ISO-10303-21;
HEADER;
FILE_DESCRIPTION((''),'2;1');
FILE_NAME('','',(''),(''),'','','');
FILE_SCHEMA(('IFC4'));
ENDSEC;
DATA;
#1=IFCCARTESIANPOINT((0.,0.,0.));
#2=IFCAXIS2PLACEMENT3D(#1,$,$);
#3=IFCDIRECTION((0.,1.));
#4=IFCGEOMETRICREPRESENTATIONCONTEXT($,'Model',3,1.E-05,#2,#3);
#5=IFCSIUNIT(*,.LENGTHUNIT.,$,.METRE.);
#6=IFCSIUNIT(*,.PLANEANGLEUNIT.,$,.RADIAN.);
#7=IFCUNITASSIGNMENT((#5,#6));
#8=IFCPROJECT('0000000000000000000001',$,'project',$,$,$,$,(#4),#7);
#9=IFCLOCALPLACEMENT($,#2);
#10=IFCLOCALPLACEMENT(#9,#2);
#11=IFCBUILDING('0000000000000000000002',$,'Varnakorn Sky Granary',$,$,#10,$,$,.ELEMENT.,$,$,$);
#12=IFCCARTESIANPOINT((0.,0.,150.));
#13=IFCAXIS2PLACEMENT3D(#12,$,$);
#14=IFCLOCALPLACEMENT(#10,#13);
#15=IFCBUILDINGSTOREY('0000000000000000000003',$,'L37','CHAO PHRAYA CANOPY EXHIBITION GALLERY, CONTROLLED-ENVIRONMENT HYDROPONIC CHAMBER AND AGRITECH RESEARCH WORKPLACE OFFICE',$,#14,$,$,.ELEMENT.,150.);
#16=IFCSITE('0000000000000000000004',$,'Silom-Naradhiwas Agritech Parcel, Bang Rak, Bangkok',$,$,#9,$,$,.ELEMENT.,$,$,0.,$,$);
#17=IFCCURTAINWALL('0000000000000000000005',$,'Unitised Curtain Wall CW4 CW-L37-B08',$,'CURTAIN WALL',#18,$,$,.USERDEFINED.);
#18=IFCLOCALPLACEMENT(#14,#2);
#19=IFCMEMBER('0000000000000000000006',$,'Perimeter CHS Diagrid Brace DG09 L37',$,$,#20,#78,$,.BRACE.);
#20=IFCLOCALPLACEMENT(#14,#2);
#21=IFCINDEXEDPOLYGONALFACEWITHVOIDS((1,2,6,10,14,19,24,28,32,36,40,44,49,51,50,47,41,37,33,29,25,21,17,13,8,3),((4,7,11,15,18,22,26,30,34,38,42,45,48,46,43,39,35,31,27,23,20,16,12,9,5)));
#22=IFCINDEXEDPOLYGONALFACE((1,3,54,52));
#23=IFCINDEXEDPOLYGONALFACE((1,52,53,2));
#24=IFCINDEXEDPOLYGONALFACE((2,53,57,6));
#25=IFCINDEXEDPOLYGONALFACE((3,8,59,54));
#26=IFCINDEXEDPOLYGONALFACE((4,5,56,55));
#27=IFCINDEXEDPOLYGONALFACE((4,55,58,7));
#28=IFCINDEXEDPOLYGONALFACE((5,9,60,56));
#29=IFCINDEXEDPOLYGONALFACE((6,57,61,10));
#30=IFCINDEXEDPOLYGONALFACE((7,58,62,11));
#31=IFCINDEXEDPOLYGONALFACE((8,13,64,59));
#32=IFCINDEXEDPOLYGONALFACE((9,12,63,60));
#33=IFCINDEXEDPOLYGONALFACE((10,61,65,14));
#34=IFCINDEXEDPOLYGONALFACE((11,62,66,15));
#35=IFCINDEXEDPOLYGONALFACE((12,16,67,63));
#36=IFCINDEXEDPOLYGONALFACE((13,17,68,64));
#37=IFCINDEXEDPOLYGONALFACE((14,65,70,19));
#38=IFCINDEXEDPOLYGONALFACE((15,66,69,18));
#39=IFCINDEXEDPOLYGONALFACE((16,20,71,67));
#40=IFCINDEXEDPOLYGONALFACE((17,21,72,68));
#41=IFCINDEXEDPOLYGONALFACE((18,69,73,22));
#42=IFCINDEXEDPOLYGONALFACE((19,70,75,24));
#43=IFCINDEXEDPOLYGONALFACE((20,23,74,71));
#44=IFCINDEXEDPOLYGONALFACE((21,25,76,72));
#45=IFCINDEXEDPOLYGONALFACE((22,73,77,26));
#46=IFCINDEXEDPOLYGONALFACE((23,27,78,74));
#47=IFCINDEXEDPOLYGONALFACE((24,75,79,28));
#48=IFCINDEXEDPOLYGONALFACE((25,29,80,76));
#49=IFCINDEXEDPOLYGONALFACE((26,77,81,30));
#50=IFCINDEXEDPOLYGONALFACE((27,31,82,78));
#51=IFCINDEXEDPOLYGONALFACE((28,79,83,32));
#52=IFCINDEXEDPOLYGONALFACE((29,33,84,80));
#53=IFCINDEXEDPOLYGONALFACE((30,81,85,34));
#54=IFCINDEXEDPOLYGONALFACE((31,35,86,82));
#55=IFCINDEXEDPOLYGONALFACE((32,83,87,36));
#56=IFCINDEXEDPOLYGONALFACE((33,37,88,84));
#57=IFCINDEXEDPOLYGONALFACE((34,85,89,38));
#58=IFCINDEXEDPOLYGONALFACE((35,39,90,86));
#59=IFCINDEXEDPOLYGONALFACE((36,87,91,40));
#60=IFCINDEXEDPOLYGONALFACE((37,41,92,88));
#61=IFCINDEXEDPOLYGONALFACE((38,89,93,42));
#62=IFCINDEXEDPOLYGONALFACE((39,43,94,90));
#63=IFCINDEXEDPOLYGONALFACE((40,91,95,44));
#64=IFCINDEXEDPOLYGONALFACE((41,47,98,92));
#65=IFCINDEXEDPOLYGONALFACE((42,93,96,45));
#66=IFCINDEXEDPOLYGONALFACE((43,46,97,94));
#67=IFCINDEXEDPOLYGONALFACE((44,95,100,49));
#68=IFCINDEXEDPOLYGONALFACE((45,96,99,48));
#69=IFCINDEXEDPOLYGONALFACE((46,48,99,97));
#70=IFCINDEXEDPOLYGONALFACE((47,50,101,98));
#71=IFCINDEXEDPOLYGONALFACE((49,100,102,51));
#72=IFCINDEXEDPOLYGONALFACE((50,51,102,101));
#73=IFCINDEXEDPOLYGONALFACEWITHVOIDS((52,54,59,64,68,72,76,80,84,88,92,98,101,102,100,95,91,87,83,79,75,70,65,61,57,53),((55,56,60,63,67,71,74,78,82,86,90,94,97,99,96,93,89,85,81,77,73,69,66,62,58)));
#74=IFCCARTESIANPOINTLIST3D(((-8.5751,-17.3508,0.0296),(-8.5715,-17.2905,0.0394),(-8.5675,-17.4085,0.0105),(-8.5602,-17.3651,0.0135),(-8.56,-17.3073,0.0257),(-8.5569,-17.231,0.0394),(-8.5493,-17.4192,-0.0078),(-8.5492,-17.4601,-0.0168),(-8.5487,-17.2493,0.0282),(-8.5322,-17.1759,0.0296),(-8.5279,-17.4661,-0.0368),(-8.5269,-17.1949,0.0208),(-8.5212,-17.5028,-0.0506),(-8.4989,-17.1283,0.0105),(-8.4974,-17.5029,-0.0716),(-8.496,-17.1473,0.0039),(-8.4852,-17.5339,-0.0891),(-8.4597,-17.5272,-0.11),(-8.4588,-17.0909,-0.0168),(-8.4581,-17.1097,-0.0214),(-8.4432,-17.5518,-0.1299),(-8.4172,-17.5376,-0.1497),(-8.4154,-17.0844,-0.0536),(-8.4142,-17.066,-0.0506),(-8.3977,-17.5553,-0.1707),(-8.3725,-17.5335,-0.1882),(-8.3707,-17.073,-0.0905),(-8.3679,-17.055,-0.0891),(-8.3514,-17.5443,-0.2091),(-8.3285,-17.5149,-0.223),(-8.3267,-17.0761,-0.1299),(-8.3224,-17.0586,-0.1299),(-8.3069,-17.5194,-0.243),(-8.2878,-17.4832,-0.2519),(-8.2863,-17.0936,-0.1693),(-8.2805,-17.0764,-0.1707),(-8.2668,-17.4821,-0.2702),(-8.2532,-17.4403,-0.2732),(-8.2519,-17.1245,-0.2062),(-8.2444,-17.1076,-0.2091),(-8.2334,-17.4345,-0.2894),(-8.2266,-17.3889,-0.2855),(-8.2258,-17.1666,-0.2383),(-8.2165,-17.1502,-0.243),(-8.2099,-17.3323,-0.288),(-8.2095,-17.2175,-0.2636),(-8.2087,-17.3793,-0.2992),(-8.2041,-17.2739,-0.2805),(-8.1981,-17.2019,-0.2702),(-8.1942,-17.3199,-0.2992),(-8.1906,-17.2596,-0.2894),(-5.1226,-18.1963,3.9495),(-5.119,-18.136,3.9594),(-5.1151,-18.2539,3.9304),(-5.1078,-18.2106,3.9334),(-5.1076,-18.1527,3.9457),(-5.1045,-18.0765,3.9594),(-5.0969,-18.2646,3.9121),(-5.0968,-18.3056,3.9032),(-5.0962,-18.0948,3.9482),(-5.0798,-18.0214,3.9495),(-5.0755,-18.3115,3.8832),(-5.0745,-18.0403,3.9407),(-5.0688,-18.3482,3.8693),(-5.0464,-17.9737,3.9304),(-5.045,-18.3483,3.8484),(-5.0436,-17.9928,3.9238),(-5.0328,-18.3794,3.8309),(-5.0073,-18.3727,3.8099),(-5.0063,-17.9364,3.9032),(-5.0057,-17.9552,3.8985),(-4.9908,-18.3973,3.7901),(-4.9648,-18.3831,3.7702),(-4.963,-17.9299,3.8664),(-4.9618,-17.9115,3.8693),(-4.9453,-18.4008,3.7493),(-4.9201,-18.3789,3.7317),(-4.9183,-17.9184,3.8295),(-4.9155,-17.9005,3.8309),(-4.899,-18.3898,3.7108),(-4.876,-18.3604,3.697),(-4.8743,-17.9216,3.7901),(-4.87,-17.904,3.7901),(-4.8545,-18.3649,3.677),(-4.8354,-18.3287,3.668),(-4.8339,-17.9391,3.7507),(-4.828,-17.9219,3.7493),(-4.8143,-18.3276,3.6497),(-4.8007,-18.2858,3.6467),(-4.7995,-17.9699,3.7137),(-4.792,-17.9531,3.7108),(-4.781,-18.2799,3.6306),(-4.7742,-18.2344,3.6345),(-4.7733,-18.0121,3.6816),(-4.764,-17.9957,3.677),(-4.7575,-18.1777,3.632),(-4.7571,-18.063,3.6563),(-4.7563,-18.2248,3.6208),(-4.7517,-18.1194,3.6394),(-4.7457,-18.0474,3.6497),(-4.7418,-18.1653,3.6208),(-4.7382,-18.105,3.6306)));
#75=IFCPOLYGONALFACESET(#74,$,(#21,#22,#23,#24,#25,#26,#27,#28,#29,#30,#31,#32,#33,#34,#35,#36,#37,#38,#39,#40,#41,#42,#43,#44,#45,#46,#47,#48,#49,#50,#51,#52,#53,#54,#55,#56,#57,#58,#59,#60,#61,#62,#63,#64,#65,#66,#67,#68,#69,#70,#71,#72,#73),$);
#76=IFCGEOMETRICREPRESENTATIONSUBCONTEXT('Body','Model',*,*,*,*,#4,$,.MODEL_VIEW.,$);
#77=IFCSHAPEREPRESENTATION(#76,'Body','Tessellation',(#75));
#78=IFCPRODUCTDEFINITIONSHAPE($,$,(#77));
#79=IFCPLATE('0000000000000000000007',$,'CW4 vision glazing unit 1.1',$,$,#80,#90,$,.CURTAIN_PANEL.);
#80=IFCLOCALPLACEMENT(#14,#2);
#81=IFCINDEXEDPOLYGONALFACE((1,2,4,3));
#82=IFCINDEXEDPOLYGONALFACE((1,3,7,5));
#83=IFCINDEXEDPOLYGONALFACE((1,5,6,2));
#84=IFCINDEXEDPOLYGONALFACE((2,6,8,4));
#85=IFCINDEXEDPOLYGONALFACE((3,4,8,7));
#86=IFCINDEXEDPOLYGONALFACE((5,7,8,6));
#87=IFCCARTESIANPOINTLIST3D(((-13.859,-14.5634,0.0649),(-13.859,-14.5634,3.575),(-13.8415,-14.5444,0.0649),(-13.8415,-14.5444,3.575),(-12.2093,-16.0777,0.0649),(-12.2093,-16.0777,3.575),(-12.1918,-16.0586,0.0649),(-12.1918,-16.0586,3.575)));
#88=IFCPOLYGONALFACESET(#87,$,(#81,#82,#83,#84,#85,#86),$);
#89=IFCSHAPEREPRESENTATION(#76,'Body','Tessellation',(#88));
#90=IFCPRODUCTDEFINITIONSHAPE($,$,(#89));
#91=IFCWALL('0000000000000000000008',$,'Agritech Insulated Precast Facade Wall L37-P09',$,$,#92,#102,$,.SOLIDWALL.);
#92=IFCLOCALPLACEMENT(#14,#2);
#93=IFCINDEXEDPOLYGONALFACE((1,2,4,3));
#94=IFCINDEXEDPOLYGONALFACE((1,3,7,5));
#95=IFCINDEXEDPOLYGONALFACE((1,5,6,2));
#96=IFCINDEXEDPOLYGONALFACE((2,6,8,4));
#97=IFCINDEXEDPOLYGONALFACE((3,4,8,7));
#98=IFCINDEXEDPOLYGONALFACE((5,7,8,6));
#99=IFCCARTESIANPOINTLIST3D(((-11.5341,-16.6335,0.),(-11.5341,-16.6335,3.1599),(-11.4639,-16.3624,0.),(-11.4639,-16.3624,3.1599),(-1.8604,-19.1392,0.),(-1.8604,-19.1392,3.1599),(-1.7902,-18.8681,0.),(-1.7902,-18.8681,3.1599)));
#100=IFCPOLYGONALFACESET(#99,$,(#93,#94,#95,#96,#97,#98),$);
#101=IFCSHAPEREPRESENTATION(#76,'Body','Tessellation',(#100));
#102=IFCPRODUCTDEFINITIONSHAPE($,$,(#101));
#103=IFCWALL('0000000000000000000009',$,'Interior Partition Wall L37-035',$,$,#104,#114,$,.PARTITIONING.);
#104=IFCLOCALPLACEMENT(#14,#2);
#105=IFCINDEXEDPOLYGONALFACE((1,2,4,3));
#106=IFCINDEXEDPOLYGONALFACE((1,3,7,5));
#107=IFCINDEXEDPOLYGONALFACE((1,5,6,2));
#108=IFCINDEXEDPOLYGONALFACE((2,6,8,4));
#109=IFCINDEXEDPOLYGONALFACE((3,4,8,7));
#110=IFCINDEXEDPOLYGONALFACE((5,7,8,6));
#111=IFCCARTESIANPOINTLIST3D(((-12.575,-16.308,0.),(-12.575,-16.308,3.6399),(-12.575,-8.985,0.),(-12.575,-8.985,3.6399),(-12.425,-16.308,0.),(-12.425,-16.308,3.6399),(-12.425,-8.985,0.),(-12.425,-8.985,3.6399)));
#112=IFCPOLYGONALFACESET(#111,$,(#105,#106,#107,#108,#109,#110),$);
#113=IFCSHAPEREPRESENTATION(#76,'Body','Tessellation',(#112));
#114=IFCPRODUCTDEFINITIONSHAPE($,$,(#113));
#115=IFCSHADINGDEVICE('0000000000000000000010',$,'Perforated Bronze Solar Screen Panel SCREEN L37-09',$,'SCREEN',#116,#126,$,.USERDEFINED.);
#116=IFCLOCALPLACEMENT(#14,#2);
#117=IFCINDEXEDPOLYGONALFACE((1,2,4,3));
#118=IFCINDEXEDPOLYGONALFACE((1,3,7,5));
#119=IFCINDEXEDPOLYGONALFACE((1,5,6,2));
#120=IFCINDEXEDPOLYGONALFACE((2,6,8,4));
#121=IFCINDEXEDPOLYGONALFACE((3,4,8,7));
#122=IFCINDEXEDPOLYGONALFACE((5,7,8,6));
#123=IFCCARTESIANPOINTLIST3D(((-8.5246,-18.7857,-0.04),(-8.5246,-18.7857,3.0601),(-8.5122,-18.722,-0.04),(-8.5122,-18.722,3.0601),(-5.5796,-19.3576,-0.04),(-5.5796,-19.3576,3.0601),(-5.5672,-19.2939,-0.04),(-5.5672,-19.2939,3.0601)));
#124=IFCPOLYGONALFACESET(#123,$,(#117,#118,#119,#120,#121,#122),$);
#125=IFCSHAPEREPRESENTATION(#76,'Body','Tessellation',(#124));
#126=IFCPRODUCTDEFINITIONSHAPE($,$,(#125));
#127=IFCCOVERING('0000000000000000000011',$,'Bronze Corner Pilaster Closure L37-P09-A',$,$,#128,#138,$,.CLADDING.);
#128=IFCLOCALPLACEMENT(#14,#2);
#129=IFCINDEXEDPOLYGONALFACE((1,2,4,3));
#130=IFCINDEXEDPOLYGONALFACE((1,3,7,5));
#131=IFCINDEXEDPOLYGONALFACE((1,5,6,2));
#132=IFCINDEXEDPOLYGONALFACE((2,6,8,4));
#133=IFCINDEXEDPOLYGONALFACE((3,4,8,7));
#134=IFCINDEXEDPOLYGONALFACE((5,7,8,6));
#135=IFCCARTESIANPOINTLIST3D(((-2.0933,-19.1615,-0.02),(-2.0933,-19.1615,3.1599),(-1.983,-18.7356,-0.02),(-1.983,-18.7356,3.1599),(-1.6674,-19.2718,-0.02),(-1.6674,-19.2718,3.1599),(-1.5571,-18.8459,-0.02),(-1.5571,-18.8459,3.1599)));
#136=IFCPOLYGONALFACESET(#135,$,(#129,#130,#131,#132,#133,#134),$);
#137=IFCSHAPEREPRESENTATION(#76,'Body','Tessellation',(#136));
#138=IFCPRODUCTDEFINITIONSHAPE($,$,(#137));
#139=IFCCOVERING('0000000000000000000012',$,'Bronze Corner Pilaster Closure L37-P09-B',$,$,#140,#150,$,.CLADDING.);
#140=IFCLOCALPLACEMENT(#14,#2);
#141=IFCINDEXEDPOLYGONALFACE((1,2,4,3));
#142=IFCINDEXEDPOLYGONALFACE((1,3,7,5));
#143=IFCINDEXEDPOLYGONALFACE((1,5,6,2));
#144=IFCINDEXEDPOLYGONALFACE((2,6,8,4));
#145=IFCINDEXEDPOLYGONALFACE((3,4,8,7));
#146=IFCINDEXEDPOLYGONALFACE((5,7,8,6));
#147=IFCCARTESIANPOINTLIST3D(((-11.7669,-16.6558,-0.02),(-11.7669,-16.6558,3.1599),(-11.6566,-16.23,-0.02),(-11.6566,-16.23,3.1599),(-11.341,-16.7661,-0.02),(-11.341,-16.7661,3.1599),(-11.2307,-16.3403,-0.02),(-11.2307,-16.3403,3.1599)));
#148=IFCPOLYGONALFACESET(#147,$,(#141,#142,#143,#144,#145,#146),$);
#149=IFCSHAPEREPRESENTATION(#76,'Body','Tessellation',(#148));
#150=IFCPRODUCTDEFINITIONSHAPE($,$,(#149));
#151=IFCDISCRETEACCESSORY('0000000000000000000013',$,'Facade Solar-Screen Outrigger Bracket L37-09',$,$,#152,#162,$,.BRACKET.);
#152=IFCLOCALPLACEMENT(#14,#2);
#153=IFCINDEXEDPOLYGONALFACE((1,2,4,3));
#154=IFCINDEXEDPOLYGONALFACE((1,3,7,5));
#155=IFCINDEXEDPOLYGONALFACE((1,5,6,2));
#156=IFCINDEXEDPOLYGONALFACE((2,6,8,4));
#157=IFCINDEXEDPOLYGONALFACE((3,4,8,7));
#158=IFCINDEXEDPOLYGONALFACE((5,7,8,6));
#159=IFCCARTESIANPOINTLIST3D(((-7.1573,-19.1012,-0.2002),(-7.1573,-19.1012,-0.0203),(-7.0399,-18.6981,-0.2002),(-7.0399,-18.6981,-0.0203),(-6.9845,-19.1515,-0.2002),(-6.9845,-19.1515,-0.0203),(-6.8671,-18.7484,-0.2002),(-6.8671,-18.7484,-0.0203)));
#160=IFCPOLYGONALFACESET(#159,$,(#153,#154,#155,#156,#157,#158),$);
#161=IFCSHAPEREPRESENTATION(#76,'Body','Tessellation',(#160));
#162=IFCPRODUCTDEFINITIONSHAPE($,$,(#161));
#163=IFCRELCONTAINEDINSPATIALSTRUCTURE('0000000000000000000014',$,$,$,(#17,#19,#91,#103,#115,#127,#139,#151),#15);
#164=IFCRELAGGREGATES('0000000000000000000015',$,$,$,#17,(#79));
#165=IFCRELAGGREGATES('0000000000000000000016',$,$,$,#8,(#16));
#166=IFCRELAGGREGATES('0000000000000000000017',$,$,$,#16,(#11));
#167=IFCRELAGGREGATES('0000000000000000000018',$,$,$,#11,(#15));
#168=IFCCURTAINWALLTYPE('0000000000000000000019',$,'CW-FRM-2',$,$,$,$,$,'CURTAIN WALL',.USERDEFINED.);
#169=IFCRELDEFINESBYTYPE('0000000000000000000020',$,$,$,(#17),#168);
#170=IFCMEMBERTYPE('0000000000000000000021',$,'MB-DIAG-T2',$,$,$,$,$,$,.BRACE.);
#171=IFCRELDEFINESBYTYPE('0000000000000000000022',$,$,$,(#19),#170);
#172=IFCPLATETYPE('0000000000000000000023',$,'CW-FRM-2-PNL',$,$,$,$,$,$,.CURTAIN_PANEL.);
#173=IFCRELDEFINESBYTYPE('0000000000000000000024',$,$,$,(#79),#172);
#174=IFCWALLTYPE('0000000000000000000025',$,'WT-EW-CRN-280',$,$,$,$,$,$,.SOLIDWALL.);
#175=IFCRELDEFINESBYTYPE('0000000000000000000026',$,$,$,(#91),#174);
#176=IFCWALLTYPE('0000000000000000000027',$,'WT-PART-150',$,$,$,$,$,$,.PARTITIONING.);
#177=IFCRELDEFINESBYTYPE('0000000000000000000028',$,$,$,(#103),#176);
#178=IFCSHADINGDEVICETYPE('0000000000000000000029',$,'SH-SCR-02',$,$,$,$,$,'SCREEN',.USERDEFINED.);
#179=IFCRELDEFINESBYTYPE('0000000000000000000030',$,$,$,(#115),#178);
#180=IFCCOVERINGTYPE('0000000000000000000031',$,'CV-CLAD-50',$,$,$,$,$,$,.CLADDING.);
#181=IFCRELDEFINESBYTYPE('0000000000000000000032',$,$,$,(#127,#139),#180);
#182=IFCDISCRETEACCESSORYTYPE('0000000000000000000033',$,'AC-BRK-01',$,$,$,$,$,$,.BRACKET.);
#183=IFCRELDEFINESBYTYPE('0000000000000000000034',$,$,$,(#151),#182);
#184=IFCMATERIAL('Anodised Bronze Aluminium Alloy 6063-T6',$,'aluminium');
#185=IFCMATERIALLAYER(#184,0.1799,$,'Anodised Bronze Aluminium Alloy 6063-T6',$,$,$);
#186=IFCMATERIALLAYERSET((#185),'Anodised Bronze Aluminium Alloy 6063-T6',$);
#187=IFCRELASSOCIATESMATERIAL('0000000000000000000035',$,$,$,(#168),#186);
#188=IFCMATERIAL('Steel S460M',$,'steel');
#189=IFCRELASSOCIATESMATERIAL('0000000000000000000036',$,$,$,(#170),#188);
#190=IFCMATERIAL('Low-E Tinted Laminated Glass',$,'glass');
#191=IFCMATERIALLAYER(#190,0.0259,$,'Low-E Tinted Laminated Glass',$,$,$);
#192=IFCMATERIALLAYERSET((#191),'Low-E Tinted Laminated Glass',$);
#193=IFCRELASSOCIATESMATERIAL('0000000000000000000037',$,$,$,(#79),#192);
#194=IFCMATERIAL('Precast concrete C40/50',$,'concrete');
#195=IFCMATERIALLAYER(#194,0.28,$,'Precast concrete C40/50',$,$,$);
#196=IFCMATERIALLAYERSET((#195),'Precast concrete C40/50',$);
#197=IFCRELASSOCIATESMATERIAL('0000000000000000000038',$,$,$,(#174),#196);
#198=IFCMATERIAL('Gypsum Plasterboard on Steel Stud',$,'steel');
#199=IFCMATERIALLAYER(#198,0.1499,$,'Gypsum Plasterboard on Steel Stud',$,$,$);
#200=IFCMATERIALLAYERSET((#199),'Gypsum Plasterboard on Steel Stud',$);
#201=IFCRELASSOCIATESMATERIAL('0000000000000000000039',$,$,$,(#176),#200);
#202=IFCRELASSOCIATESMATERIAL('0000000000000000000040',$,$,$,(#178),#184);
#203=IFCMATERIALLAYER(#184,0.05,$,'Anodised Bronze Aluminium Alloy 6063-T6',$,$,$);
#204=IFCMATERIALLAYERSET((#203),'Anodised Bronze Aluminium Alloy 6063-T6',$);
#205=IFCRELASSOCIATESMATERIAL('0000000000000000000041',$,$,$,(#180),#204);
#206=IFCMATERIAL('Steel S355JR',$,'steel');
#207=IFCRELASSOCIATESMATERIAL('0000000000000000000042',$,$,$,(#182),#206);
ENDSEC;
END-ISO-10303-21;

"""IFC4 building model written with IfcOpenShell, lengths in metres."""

from ifc_helpers import new_model, si_unit, direction, frame, frame_2d, origin, origin_2d, place, context, subcontext, project, spatial, rectangle, hollow_circle, extrude, source, transform, mapped, material, layer, layer_set, material_profile, profile_set, type_object, type_shapes, element, aggregate, save


model = new_model("IFC4")

# Units and contexts
model_context = context("Model", 3, precision=1e-05, world=origin(), true_north=direction((0.0, 1.0)))
body_context = subcontext(model_context, "Body", "Model", "MODEL_VIEW")
ifc_project = project(units=[si_unit("LENGTHUNIT", "METRE"), si_unit("PLANEANGLEUNIT", "RADIAN")], contexts=[model_context])

# Site, building, storey
site_placement = place(None, origin())
site = spatial("IfcSite", under=ifc_project, at=site_placement, Name="Silom-Naradhiwas Agritech Parcel, Bang Rak, Bangkok", CompositionType="ELEMENT", RefElevation=0.0)
building_placement = place(site_placement, origin())
building = spatial("IfcBuilding", under=site, at=building_placement, Name="Varnakorn Sky Granary", CompositionType="ELEMENT")
storey_placement = place(building_placement, frame((0.0, 0.0, 150.0)))
storey = spatial("IfcBuildingStorey", under=building, at=storey_placement, Name="L37", Description="CHAO PHRAYA CANOPY EXHIBITION GALLERY, CONTROLLED-ENVIRONMENT HYDROPONIC CHAMBER AND AGRITECH RESEARCH WORKPLACE OFFICE", CompositionType="ELEMENT", Elevation=150.0)

# Shared definitions
ifc_material_1 = material(Name="Steel S460M", Category="steel")

# Shared definitions
ifc_material_2 = material(Name="Steel S355JR", Category="steel")

# Curtain wall
ifc_material_3 = material(Name="Anodised Bronze Aluminium Alloy 6063-T6", Category="aluminium")
ifc_layer_1 = layer(ifc_material_3, 0.1799, Name="Anodised Bronze Aluminium Alloy 6063-T6")
ifc_layer_set_1 = layer_set([ifc_layer_1], Name="Anodised Bronze Aluminium Alloy 6063-T6")
curtain_wall_type = type_object("IfcCurtainWallType", Name="CW-FRM-2", ElementType="CURTAIN WALL", PredefinedType="USERDEFINED", material=ifc_layer_set_1)
curtain_wall_1_placement = place(storey_placement, origin())
curtain_wall_1 = element("IfcCurtainWall", 1, at=curtain_wall_1_placement, inside=storey, type_object=curtain_wall_type, Name="Unitised Curtain Wall CW4 CW-L37-B08", ObjectType="CURTAIN WALL", PredefinedType="USERDEFINED")

# Member
ifc_material_profile_1 = material_profile(ifc_material_1, hollow_circle(Radius=0.2539, WallThickness=0.0181, at=origin_2d()), Name="CHS 508x18")
ifc_profile_set_1 = profile_set([ifc_material_profile_1], Name="Steel S460M")
member_type_1 = type_object("IfcMemberType", Name="MB-DIAG-T2", PredefinedType="BRACE", material=ifc_profile_set_1)
member_1_placement = place(storey_placement, frame((-8.3828, -17.3052, -0.1299), z_axis=(0.652445, -0.159778, 0.740801), x_axis=(0.237862, 0.971299, 0.0)))
element("IfcMember", 2, at=member_1_placement, inside=storey, type_object=member_type_1, Name="Perimeter CHS Diagrid Brace DG09 L37", PredefinedType="BRACE", context=body_context, shape_type="SweptSolid", body=[
    extrude(hollow_circle(Radius=0.2539, WallThickness=0.0181, at=origin_2d()), origin(), (0.0, 0.0, 1.0), 5.2915),
])

# Plate
ifc_material_4 = material(Name="Low-E Tinted Laminated Glass", Category="glass")
ifc_layer_2 = layer(ifc_material_4, 0.0259, Name="Low-E Tinted Laminated Glass")
ifc_layer_set_2 = layer_set([ifc_layer_2], Name="Low-E Tinted Laminated Glass")
plate_type = type_object("IfcPlateType", Name="CW-FRM-2-PNL", PredefinedType="CURTAIN_PANEL")
shared_shape_1 = source(origin(), body_context, "Body", "SweptSolid", [
    extrude(rectangle(XDim=2.2393, YDim=0.0259, at=origin_2d()), origin(), (0.0, 0.0, 1.0), 3.51),
])
type_shapes(plate_type, [shared_shape_1])
plate_placement = place(storey_placement, frame((-13.0254, -15.311, 0.0649), z_axis=(0.0, 0.0, 1.0), x_axis=(-0.736694, 0.676226, 0.0)))
plate = element("IfcPlate", 3, at=plate_placement, type_object=plate_type, material=ifc_layer_set_2, Name="CW4 vision glazing unit 1.1", PredefinedType="CURTAIN_PANEL", context=body_context, shape_type="MappedRepresentation", body=[
    mapped(shared_shape_1, transform((0.0, 0.0, 0.0), x_axis=(1.0, 0.0, 0.0), y_axis=(0.0, 1.0, 0.0), z_axis=(0.0, 0.0, 1.0), scale=1.0)),
])
aggregate(curtain_wall_1, [plate])

# Walls
ifc_material_5 = material(Name="Precast concrete C40/50", Category="concrete")
ifc_layer_3 = layer(ifc_material_5, 0.28, Name="Precast concrete C40/50")
ifc_layer_set_3 = layer_set([ifc_layer_3], Name="Precast concrete C40/50")
wall_type_1 = type_object("IfcWallType", Name="WT-EW-CRN-280", PredefinedType="SOLIDWALL", material=ifc_layer_set_3)
wall_1_placement = place(storey_placement, frame((-1.8252, -19.0037, 0.0), z_axis=(0.0, 0.0, 1.0), x_axis=(-0.968054, 0.250742, 0.0)))
element("IfcWall", 4, at=wall_1_placement, inside=storey, type_object=wall_type_1, Name="Agritech Insulated Precast Facade Wall L37-P09", PredefinedType="SOLIDWALL", context=body_context, shape_type="SweptSolid", body=[
    extrude(rectangle(XDim=9.9929, YDim=0.28, at=frame_2d((4.9966, 0.0))), origin(), (0.0, 0.0, 1.0), 3.1599),
])
ifc_material_6 = material(Name="Gypsum Plasterboard on Steel Stud", Category="steel")
ifc_layer_4 = layer(ifc_material_6, 0.1499, Name="Gypsum Plasterboard on Steel Stud")
ifc_layer_set_4 = layer_set([ifc_layer_4], Name="Gypsum Plasterboard on Steel Stud")
wall_type_2 = type_object("IfcWallType", Name="WT-PART-150", PredefinedType="PARTITIONING", material=ifc_layer_set_4)
wall_2_placement = place(storey_placement, frame((-12.5, -16.3081, 0.0), z_axis=(0.0, 0.0, 1.0), x_axis=(0.0, 1.0, 0.0)))
element("IfcWall", 5, at=wall_2_placement, inside=storey, type_object=wall_type_2, Name="Interior Partition Wall L37-035", PredefinedType="PARTITIONING", context=body_context, shape_type="SweptSolid", body=[
    extrude(rectangle(XDim=7.323, YDim=0.1499, at=frame_2d((3.6616, 0.0))), origin(), (0.0, 0.0, 1.0), 3.6399),
])

# Shading device
shading_device_type = type_object("IfcShadingDeviceType", Name="SH-SCR-02", ElementType="SCREEN", PredefinedType="USERDEFINED", material=ifc_material_3)
shared_shape_2 = source(origin(), body_context, "Body", "SweptSolid", [
    extrude(rectangle(XDim=3.0, YDim=0.0649, at=origin_2d()), origin(), (0.0, 0.0, 1.0), 3.1001),
])
type_shapes(shading_device_type, [shared_shape_2])
shading_device_placement = place(storey_placement, frame((-7.0459, -19.0398, -0.04), z_axis=(0.0, 0.0, 1.0), x_axis=(0.981662, -0.190628, 0.0)))
element("IfcShadingDevice", 6, at=shading_device_placement, inside=storey, type_object=shading_device_type, Name="Perforated Bronze Solar Screen Panel SCREEN L37-09", ObjectType="SCREEN", PredefinedType="USERDEFINED", context=body_context, shape_type="MappedRepresentation", body=[
    mapped(shared_shape_2, transform((0.0, 0.0, 0.0), x_axis=(1.0, 0.0, 0.0), y_axis=(0.0, 1.0, 0.0), z_axis=(0.0, 0.0, 1.0), scale=1.0)),
])

# Coverings
ifc_layer_5 = layer(ifc_material_3, 0.05, Name="Anodised Bronze Aluminium Alloy 6063-T6")
ifc_layer_set_5 = layer_set([ifc_layer_5], Name="Anodised Bronze Aluminium Alloy 6063-T6")
covering_type = type_object("IfcCoveringType", Name="CV-CLAD-50", PredefinedType="CLADDING", material=ifc_layer_set_5)
shared_shape_3 = source(origin(), body_context, "Body", "SweptSolid", [
    extrude(rectangle(XDim=0.4399, YDim=0.4399, at=origin_2d()), origin(), (0.0, 0.0, 1.0), 3.1799),
])
type_shapes(covering_type, [shared_shape_3])
for number, where, z_axis, x_axis, name in (
    (7, (-1.8252, -19.0037, -0.02), (0.0, 0.0, 1.0), (-0.96806, 0.250718, 0.0), "Bronze Corner Pilaster Closure L37-P09-A"),
    (8, (-11.4988, -16.498, -0.02), (0.0, 0.0, 1.0), (-0.96806, 0.250718, 0.0), "Bronze Corner Pilaster Closure L37-P09-B"),
):
    element("IfcCovering", number, at=place(storey_placement, frame(where, z_axis=z_axis, x_axis=x_axis)), inside=storey, type_object=covering_type, Name=name, PredefinedType="CLADDING", context=body_context, shape_type="MappedRepresentation", body=[
        mapped(shared_shape_3, transform((0.0, 0.0, 0.0), x_axis=(1.0, 0.0, 0.0), y_axis=(0.0, 1.0, 0.0), z_axis=(0.0, 0.0, 1.0), scale=1.0)),
    ])

# Discrete accessory
discrete_accessory_type = type_object("IfcDiscreteAccessoryType", Name="AC-BRK-01", PredefinedType="BRACKET", material=ifc_material_2)
shared_shape_4 = source(origin(), body_context, "Body", "SweptSolid", [
    extrude(rectangle(XDim=0.1799, YDim=0.4199, at=origin_2d()), origin(), (0.0, 0.0, 1.0), 0.1799),
])
type_shapes(discrete_accessory_type, [shared_shape_4])
discrete_accessory_placement = place(storey_placement, frame((-7.0122, -18.9248, -0.2002), z_axis=(0.0, 0.0, 1.0), x_axis=(0.960102, -0.279652, 0.0)))
element("IfcDiscreteAccessory", 9, at=discrete_accessory_placement, inside=storey, type_object=discrete_accessory_type, Name="Facade Solar-Screen Outrigger Bracket L37-09", PredefinedType="BRACKET", context=body_context, shape_type="MappedRepresentation", body=[
    mapped(shared_shape_4, transform((0.0, 0.0, 0.0), x_axis=(1.0, 0.0, 0.0), y_axis=(0.0, 1.0, 0.0), z_axis=(0.0, 0.0, 1.0), scale=1.0)),
])

save(model, "model.ifc")
